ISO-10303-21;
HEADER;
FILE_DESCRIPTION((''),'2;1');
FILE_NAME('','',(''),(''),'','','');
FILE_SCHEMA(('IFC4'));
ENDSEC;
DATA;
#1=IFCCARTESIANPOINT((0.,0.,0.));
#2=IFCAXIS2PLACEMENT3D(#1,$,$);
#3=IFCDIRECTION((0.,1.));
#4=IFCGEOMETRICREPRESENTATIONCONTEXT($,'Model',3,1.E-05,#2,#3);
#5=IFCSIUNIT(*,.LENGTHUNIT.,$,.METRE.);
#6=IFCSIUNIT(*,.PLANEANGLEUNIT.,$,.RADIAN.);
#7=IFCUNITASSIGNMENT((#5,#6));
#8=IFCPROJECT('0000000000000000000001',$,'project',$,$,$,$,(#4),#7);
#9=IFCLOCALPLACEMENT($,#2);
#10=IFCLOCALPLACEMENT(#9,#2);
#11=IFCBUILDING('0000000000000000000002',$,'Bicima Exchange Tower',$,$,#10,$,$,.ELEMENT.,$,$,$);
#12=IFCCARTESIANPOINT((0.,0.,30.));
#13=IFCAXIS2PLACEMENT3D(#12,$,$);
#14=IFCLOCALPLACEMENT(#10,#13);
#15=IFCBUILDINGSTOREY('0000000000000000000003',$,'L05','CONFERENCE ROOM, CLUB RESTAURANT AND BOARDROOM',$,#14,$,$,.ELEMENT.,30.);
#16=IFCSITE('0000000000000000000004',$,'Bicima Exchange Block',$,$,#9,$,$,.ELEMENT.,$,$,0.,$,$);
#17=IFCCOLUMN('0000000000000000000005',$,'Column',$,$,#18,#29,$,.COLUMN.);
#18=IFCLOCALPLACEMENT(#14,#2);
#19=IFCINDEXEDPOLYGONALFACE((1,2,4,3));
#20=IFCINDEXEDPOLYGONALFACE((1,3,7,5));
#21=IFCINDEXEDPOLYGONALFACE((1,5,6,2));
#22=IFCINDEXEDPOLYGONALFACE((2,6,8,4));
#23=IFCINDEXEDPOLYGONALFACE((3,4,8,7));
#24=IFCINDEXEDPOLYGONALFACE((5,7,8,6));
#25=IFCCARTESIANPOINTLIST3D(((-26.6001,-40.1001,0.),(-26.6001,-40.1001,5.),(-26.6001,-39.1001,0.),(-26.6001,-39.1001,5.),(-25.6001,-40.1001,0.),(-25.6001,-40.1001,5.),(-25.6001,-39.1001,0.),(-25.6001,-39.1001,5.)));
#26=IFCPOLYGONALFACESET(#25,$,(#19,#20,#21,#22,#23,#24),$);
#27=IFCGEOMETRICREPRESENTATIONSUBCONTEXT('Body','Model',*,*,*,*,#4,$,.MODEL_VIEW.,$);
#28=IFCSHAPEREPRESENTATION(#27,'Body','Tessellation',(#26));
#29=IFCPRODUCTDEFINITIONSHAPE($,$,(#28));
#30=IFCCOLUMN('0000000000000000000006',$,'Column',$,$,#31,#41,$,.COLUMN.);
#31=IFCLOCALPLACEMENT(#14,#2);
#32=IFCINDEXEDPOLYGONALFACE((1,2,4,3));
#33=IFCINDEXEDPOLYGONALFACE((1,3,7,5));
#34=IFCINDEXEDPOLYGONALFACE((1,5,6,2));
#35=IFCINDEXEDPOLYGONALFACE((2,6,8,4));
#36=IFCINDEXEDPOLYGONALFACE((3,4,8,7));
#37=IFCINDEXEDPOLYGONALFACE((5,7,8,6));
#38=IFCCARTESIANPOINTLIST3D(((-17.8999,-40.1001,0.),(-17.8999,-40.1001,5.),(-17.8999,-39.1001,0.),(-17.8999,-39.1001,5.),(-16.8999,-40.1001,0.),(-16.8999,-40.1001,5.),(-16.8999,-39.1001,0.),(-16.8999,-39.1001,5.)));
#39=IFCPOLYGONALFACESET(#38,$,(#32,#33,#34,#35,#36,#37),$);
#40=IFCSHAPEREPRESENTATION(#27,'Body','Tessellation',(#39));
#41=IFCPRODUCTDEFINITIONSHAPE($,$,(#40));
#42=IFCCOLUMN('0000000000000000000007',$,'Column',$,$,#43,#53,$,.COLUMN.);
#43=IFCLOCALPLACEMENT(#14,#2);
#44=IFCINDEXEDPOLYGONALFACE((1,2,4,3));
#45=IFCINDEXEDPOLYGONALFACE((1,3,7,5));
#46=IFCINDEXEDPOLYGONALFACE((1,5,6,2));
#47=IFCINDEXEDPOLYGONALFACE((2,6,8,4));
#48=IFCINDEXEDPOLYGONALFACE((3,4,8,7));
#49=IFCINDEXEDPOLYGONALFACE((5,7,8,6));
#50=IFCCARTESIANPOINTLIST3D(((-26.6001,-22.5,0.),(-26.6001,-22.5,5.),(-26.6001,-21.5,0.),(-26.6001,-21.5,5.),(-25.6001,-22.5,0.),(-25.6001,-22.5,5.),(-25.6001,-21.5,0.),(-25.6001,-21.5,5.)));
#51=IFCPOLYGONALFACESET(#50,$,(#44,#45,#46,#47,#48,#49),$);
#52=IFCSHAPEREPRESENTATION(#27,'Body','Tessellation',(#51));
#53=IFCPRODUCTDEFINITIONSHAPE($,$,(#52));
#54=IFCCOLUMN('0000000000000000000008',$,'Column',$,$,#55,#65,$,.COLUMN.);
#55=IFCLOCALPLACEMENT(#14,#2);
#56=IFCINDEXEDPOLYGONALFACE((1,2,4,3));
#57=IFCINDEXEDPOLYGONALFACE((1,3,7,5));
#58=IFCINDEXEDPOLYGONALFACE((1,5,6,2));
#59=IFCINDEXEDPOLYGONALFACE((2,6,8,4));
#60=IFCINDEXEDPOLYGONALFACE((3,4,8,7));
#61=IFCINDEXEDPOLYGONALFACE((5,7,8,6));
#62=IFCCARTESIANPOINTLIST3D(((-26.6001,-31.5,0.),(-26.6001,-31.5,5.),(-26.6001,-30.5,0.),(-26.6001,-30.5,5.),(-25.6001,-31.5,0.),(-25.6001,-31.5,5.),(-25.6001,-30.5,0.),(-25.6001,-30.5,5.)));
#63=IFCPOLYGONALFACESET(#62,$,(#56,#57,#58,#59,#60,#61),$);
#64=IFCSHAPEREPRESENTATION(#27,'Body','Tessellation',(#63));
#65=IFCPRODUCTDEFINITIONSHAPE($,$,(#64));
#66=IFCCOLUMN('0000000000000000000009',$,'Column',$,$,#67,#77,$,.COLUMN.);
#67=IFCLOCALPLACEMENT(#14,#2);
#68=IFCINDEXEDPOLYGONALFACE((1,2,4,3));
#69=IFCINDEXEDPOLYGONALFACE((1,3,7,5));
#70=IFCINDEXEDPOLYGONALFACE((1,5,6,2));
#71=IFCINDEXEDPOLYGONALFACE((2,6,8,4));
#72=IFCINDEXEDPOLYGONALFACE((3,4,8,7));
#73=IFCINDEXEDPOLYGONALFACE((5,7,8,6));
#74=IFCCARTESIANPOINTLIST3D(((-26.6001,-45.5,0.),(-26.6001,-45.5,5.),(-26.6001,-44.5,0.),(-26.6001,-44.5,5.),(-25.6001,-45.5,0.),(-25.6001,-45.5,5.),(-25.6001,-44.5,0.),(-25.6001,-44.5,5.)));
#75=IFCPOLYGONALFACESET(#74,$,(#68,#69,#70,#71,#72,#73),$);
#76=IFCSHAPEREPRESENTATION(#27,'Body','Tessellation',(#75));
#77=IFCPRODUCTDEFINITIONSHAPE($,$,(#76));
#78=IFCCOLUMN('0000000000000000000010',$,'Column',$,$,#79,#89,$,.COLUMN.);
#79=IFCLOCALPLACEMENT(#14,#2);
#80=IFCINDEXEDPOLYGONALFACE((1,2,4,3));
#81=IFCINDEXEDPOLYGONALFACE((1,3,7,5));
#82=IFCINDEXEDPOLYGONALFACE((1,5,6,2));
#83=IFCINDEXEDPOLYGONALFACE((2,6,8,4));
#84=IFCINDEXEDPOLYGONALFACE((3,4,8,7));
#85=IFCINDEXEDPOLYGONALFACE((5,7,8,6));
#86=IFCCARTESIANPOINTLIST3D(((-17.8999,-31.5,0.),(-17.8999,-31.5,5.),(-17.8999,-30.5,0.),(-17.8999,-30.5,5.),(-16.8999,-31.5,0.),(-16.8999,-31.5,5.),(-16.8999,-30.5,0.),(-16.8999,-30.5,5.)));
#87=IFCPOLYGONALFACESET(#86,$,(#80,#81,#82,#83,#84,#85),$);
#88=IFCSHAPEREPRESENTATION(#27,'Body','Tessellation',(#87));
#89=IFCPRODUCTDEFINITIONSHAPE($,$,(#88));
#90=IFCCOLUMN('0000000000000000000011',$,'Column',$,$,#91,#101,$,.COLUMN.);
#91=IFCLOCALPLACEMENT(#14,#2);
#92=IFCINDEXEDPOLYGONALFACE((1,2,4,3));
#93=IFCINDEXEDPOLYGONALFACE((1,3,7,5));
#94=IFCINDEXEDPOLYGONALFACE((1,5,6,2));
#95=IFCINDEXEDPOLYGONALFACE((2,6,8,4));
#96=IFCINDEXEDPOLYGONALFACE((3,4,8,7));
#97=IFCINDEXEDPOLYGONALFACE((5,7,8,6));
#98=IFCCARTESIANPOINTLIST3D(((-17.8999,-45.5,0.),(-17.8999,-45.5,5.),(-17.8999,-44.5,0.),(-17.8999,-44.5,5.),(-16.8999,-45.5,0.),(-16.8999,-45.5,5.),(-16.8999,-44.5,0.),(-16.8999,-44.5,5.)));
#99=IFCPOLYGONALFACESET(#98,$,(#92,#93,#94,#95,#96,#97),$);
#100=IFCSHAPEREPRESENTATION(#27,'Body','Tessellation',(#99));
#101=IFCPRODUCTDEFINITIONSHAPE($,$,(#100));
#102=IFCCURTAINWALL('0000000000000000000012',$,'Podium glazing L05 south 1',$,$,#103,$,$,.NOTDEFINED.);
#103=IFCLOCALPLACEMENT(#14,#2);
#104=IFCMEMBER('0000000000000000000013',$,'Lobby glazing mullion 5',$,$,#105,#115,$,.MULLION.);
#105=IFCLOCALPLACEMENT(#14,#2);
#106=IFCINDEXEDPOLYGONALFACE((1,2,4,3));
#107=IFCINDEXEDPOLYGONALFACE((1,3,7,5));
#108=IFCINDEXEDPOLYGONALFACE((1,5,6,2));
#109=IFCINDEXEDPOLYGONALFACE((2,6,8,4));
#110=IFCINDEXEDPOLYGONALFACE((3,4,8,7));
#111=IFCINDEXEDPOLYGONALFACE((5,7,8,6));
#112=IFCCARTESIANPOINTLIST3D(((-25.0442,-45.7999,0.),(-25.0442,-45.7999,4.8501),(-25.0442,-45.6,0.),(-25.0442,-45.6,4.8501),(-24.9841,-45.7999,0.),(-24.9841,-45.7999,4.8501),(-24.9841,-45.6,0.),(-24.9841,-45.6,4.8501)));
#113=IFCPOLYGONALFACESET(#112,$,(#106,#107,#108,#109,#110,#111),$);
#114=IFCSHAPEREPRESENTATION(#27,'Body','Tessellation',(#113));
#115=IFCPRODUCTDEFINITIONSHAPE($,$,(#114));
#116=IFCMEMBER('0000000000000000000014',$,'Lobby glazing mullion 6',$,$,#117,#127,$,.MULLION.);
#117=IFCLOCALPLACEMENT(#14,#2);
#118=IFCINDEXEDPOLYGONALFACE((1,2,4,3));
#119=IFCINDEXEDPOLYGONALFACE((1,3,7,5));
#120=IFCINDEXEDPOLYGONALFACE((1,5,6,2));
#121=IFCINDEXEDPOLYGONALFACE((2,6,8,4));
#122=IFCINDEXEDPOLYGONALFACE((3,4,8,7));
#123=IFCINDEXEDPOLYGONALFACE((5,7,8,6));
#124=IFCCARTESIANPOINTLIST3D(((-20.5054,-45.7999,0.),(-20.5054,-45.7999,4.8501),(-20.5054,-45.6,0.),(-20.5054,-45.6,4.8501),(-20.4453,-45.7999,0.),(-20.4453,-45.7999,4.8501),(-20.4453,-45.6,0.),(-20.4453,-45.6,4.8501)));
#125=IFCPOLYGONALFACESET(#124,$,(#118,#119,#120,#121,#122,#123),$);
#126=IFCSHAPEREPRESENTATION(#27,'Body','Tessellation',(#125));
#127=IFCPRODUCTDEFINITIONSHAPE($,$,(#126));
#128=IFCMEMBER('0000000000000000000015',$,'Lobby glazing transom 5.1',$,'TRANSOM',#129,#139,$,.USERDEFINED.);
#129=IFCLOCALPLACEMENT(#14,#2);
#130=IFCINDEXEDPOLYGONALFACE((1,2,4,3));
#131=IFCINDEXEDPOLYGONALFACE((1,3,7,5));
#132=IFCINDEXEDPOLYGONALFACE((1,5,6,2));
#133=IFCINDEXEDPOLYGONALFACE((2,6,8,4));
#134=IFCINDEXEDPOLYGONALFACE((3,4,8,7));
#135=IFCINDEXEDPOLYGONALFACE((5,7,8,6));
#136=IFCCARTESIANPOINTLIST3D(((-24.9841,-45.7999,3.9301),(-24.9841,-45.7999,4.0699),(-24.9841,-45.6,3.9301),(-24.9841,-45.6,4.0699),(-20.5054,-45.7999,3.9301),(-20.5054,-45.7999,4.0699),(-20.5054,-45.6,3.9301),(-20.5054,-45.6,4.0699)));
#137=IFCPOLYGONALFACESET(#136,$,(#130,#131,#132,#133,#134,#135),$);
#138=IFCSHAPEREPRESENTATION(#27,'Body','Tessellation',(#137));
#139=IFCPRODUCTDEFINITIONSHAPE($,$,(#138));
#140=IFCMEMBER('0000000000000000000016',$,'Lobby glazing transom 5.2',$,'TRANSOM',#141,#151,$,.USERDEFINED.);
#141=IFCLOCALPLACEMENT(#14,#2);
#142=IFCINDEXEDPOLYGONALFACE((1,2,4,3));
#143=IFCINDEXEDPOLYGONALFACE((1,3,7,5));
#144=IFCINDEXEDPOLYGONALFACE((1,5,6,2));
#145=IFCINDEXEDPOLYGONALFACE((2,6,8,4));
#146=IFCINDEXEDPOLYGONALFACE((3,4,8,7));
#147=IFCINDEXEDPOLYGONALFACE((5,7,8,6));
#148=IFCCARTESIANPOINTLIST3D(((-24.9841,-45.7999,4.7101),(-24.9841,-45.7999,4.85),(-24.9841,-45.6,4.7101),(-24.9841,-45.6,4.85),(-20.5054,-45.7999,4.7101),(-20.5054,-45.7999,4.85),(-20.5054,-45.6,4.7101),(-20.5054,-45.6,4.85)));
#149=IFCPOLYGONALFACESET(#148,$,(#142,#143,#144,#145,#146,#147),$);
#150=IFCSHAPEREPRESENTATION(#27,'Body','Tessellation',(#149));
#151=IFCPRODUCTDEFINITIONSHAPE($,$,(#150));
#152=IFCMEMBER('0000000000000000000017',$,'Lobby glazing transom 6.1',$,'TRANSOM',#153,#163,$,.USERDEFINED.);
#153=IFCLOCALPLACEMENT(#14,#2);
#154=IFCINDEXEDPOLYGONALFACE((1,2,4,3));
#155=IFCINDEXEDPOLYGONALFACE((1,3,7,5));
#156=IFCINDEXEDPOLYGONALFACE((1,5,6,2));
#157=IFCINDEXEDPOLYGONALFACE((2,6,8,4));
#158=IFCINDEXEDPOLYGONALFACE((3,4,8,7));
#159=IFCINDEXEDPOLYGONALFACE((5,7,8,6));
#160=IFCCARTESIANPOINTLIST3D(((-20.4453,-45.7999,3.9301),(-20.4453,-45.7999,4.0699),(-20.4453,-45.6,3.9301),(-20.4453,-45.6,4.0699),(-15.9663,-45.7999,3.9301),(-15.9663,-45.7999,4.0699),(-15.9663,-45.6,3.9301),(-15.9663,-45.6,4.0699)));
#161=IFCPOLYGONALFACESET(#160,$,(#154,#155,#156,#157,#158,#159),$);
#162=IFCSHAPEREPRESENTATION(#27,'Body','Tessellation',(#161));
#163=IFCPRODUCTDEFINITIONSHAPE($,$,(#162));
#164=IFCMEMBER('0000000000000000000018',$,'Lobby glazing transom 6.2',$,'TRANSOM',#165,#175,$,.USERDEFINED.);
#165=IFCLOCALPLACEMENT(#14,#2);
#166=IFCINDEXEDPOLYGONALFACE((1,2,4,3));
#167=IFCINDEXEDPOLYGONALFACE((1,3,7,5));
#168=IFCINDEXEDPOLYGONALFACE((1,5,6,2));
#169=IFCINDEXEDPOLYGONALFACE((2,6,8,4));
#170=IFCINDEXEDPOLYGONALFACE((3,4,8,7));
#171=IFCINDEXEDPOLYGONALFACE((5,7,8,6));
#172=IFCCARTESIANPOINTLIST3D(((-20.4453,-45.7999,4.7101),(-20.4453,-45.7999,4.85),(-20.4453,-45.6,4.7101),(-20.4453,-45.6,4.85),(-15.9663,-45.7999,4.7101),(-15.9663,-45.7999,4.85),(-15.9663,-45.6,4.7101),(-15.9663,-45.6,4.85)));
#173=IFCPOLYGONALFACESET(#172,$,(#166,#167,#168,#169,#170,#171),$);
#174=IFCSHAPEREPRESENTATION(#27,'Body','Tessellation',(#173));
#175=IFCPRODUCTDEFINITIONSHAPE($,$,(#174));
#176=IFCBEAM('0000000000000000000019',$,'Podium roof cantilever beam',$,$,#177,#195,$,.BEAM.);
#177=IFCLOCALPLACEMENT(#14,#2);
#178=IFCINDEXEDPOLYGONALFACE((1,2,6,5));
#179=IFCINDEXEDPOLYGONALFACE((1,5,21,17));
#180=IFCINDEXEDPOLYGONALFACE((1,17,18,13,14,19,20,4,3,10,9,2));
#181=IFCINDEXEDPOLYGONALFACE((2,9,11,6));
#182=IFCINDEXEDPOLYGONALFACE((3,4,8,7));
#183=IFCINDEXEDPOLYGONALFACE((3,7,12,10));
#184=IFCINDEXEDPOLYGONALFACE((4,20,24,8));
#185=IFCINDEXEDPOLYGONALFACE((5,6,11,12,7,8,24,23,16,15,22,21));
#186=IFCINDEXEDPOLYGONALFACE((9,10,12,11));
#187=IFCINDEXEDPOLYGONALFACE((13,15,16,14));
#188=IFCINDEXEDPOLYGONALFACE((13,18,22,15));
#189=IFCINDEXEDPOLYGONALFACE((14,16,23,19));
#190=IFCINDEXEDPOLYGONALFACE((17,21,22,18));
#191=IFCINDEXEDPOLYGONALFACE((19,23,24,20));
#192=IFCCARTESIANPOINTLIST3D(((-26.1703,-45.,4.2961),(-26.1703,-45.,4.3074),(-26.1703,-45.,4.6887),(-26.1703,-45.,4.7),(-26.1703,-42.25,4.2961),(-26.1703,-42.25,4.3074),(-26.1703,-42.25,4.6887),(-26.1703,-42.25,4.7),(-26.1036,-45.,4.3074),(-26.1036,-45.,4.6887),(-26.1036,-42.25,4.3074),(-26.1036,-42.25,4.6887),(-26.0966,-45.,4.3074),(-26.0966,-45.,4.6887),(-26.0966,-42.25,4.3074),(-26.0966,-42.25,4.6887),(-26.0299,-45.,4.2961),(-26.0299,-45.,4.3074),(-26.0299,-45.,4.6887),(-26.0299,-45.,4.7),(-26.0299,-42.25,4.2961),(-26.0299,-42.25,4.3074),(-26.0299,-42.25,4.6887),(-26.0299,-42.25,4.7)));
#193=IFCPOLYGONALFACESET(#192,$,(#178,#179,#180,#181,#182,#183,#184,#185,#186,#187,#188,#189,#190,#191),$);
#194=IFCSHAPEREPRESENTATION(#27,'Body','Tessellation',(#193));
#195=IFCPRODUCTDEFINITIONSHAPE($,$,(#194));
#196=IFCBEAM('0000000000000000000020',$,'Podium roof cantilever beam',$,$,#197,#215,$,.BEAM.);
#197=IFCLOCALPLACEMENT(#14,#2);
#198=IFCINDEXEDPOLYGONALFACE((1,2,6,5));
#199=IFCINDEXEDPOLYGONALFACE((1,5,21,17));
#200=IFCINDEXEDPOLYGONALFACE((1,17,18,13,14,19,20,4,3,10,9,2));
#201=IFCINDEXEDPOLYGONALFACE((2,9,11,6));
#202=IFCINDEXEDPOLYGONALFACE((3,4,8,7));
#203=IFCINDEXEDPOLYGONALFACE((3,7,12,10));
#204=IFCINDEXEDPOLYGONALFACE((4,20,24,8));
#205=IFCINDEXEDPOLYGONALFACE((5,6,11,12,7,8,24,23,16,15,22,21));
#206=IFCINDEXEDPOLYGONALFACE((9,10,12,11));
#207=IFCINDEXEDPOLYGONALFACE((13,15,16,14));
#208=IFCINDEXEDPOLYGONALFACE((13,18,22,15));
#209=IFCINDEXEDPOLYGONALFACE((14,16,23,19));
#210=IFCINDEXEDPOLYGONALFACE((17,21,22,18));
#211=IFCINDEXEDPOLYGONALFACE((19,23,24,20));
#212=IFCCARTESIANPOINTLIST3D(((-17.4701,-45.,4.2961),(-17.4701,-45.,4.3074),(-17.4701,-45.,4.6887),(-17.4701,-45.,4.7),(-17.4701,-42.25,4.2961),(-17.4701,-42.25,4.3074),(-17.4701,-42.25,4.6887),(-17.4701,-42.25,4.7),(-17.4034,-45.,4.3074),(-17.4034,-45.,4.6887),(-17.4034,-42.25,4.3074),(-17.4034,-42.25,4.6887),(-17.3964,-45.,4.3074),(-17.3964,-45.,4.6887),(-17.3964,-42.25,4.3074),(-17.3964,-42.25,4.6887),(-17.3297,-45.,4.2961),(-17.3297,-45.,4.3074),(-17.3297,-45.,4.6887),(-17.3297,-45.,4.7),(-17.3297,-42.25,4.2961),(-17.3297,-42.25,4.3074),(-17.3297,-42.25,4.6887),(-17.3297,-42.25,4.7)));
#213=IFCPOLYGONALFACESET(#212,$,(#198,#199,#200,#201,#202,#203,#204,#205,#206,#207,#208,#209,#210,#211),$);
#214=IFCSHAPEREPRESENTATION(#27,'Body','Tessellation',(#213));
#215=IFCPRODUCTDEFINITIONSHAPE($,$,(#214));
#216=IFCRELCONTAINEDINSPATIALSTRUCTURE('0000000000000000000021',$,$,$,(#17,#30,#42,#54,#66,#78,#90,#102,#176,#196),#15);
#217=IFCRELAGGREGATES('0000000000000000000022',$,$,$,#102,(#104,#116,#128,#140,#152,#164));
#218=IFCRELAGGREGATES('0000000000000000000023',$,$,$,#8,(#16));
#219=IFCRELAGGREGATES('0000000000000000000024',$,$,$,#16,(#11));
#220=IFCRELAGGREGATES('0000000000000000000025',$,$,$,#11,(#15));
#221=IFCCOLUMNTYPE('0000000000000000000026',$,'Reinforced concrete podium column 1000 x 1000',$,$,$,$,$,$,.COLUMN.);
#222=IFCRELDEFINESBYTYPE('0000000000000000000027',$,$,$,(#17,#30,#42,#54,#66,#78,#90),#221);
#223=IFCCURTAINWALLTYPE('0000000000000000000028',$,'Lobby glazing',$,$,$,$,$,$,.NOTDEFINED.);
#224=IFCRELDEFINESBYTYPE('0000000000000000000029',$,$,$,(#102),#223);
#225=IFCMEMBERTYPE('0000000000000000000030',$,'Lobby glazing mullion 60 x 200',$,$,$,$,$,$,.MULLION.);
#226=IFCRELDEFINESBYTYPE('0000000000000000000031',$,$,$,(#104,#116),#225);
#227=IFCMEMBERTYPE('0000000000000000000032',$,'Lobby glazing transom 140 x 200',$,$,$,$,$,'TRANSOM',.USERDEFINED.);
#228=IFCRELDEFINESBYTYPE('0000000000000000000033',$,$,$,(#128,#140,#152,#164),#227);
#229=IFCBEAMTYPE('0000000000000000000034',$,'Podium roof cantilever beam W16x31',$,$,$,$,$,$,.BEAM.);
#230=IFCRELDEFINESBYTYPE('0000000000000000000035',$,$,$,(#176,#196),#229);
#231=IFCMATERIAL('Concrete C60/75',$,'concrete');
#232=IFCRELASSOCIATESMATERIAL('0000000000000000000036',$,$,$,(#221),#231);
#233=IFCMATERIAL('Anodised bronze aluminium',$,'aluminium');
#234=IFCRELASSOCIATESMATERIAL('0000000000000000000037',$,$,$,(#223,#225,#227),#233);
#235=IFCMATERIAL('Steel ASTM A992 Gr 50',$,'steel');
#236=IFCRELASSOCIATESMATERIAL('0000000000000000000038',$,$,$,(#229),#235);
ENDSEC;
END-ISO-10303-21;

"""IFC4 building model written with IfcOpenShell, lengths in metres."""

from ifc_helpers import new_model, si_unit, direction, frame, origin, origin_2d, place, context, subcontext, project, spatial, rectangle, i_section, extrude, material, material_profile, profile_set, type_object, element, aggregate, save


model = new_model("IFC4")

# Units and contexts
model_context = context("Model", 3, precision=1e-05, world=origin(), true_north=direction((0.0, 1.0)))
body_context = subcontext(model_context, "Body", "Model", "MODEL_VIEW")
ifc_project = project(units=[si_unit("LENGTHUNIT", "METRE"), si_unit("PLANEANGLEUNIT", "RADIAN")], contexts=[model_context])

# Site, building, storey
site_placement = place(None, origin())
site = spatial("IfcSite", under=ifc_project, at=site_placement, Name="Bicima Exchange Block", CompositionType="ELEMENT", RefElevation=0.0)
building_placement = place(site_placement, origin())
building = spatial("IfcBuilding", under=site, at=building_placement, Name="Bicima Exchange Tower", CompositionType="ELEMENT")
storey_placement = place(building_placement, frame((0.0, 0.0, 30.0)))
storey = spatial("IfcBuildingStorey", under=building, at=storey_placement, Name="L05", Description="CONFERENCE ROOM, CLUB RESTAURANT AND BOARDROOM", CompositionType="ELEMENT", Elevation=30.0)

# Columns
ifc_material_1 = material(Name="Concrete C60/75", Category="concrete")
ifc_material_profile_1 = material_profile(ifc_material_1, rectangle(XDim=1.0, YDim=1.0, at=origin_2d()))
ifc_profile_set_1 = profile_set([ifc_material_profile_1], Name="Concrete C60/75")
column_type = type_object("IfcColumnType", Name="Reinforced concrete podium column 1000 x 1000", PredefinedType="COLUMN", material=ifc_profile_set_1)
for number, where, z_axis, x_axis, name in (
    (1, (-26.1001, -39.6001, 0.0), (0.0, 0.0, 1.0), (1.0, 0.0, 0.0), "Column"),
    (2, (-17.3999, -39.6001, 0.0), (0.0, 0.0, 1.0), (1.0, 0.0, 0.0), "Column"),
    (3, (-26.1001, -22.0, 0.0), (0.0, 0.0, 1.0), (1.0, 0.0, 0.0), "Column"),
    (4, (-26.1001, -31.0, 0.0), (0.0, 0.0, 1.0), (1.0, 0.0, 0.0), "Column"),
    (5, (-26.1001, -45.0, 0.0), (0.0, 0.0, 1.0), (1.0, 0.0, 0.0), "Column"),
    (6, (-17.3999, -31.0, 0.0), (0.0, 0.0, 1.0), (1.0, 0.0, 0.0), "Column"),
    (7, (-17.3999, -45.0, 0.0), (0.0, 0.0, 1.0), (1.0, 0.0, 0.0), "Column"),
):
    element("IfcColumn", number, at=place(storey_placement, frame(where, z_axis=z_axis, x_axis=x_axis)), inside=storey, type_object=column_type, Name=name, PredefinedType="COLUMN", context=body_context, shape_type="SweptSolid", body=[
        extrude(rectangle(XDim=1.0, YDim=1.0, at=origin_2d()), origin(), (0.0, 0.0, 1.0), 5.0),
    ])

# Curtain wall, members
ifc_material_2 = material(Name="Anodised bronze aluminium", Category="aluminium")
curtain_wall_type = type_object("IfcCurtainWallType", Name="Lobby glazing", PredefinedType="NOTDEFINED", material=ifc_material_2)
curtain_wall_placement = place(storey_placement, origin())
curtain_wall = element("IfcCurtainWall", 8, at=curtain_wall_placement, inside=storey, type_object=curtain_wall_type, Name="Podium glazing L05 south 1", PredefinedType="NOTDEFINED")
ifc_material_profile_2 = material_profile(ifc_material_2, rectangle(XDim=0.2, YDim=0.0601, at=origin_2d()))
ifc_profile_set_2 = profile_set([ifc_material_profile_2], Name="Anodised bronze aluminium")
member_type_1 = type_object("IfcMemberType", Name="Lobby glazing mullion 60 x 200", PredefinedType="MULLION", material=ifc_profile_set_2)
member_1_placement = place(storey_placement, frame((-25.0142, -45.7, 0.0), z_axis=(0.0, 0.0, 1.0), x_axis=(0.0, 1.0, 0.0)))
member_1 = element("IfcMember", 9, at=member_1_placement, type_object=member_type_1, Name="Lobby glazing mullion 5", PredefinedType="MULLION", context=body_context, shape_type="SweptSolid", body=[
    extrude(rectangle(XDim=0.2, YDim=0.0601, at=origin_2d()), origin(), (0.0, 0.0, 1.0), 4.8501),
])
member_2_placement = place(storey_placement, frame((-20.4753, -45.7, 0.0), z_axis=(0.0, 0.0, 1.0), x_axis=(0.0, 1.0, 0.0)))
member_2 = element("IfcMember", 10, at=member_2_placement, type_object=member_type_1, Name="Lobby glazing mullion 6", PredefinedType="MULLION", context=body_context, shape_type="SweptSolid", body=[
    extrude(rectangle(XDim=0.2, YDim=0.0601, at=origin_2d()), origin(), (0.0, 0.0, 1.0), 4.8501),
])
ifc_material_profile_3 = material_profile(ifc_material_2, rectangle(XDim=0.2, YDim=0.1399, at=origin_2d()))
ifc_profile_set_3 = profile_set([ifc_material_profile_3], Name="Anodised bronze aluminium")
member_type_2 = type_object("IfcMemberType", Name="Lobby glazing transom 140 x 200", ElementType="TRANSOM", PredefinedType="USERDEFINED", material=ifc_profile_set_3)
member_3_placement = place(storey_placement, frame((-24.9841, -45.7, 4.0), z_axis=(1.0, 0.0, 0.0), x_axis=(0.0, 1.0, 0.0)))
member_3 = element("IfcMember", 11, at=member_3_placement, type_object=member_type_2, Name="Lobby glazing transom 5.1", ObjectType="TRANSOM", PredefinedType="USERDEFINED", context=body_context, shape_type="SweptSolid", body=[
    extrude(rectangle(XDim=0.2, YDim=0.1399, at=origin_2d()), origin(), (0.0, 0.0, 1.0), 4.4788),
])
member_4_placement = place(storey_placement, frame((-24.9841, -45.7, 4.78), z_axis=(1.0, 0.0, 0.0), x_axis=(0.0, 1.0, 0.0)))
member_4 = element("IfcMember", 12, at=member_4_placement, type_object=member_type_2, Name="Lobby glazing transom 5.2", ObjectType="TRANSOM", PredefinedType="USERDEFINED", context=body_context, shape_type="SweptSolid", body=[
    extrude(rectangle(XDim=0.2, YDim=0.1399, at=origin_2d()), origin(), (0.0, 0.0, 1.0), 4.4788),
])
member_5_placement = place(storey_placement, frame((-20.4453, -45.7, 4.0), z_axis=(1.0, 0.0, 0.0), x_axis=(0.0, 1.0, 0.0)))
member_5 = element("IfcMember", 13, at=member_5_placement, type_object=member_type_2, Name="Lobby glazing transom 6.1", ObjectType="TRANSOM", PredefinedType="USERDEFINED", context=body_context, shape_type="SweptSolid", body=[
    extrude(rectangle(XDim=0.2, YDim=0.1399, at=origin_2d()), origin(), (0.0, 0.0, 1.0), 4.479),
])
member_6_placement = place(storey_placement, frame((-20.4453, -45.7, 4.78), z_axis=(1.0, 0.0, 0.0), x_axis=(0.0, 1.0, 0.0)))
member_6 = element("IfcMember", 14, at=member_6_placement, type_object=member_type_2, Name="Lobby glazing transom 6.2", ObjectType="TRANSOM", PredefinedType="USERDEFINED", context=body_context, shape_type="SweptSolid", body=[
    extrude(rectangle(XDim=0.2, YDim=0.1399, at=origin_2d()), origin(), (0.0, 0.0, 1.0), 4.479),
])

# Beams
ifc_material_3 = material(Name="Steel ASTM A992 Gr 50", Category="steel")
ifc_material_profile_4 = material_profile(ifc_material_3, i_section(OverallWidth=0.1404, OverallDepth=0.4038, WebThickness=0.0071, FlangeThickness=0.0112, at=origin_2d()))
ifc_profile_set_4 = profile_set([ifc_material_profile_4], Name="Steel ASTM A992 Gr 50")
beam_type = type_object("IfcBeamType", Name="Podium roof cantilever beam W16x31", PredefinedType="BEAM", material=ifc_profile_set_4)
for number, where, z_axis, x_axis, name in (
    (15, (-26.1001, -45.0, 4.498), (0.0, 1.0, 0.0), (-1.0, 0.0, 0.0), "Podium roof cantilever beam"),
    (16, (-17.3999, -45.0, 4.498), (0.0, 1.0, 0.0), (-1.0, 0.0, 0.0), "Podium roof cantilever beam"),
):
    element("IfcBeam", number, at=place(storey_placement, frame(where, z_axis=z_axis, x_axis=x_axis)), inside=storey, type_object=beam_type, Name=name, PredefinedType="BEAM", context=body_context, shape_type="SweptSolid", body=[
        extrude(i_section(OverallWidth=0.1404, OverallDepth=0.4038, WebThickness=0.0071, FlangeThickness=0.0112, at=origin_2d()), origin(), (0.0, 0.0, 1.0), 2.75),
    ])

aggregate(curtain_wall, [member_1, member_2, member_3, member_4, member_5, member_6])

save(model, "model.ifc")
